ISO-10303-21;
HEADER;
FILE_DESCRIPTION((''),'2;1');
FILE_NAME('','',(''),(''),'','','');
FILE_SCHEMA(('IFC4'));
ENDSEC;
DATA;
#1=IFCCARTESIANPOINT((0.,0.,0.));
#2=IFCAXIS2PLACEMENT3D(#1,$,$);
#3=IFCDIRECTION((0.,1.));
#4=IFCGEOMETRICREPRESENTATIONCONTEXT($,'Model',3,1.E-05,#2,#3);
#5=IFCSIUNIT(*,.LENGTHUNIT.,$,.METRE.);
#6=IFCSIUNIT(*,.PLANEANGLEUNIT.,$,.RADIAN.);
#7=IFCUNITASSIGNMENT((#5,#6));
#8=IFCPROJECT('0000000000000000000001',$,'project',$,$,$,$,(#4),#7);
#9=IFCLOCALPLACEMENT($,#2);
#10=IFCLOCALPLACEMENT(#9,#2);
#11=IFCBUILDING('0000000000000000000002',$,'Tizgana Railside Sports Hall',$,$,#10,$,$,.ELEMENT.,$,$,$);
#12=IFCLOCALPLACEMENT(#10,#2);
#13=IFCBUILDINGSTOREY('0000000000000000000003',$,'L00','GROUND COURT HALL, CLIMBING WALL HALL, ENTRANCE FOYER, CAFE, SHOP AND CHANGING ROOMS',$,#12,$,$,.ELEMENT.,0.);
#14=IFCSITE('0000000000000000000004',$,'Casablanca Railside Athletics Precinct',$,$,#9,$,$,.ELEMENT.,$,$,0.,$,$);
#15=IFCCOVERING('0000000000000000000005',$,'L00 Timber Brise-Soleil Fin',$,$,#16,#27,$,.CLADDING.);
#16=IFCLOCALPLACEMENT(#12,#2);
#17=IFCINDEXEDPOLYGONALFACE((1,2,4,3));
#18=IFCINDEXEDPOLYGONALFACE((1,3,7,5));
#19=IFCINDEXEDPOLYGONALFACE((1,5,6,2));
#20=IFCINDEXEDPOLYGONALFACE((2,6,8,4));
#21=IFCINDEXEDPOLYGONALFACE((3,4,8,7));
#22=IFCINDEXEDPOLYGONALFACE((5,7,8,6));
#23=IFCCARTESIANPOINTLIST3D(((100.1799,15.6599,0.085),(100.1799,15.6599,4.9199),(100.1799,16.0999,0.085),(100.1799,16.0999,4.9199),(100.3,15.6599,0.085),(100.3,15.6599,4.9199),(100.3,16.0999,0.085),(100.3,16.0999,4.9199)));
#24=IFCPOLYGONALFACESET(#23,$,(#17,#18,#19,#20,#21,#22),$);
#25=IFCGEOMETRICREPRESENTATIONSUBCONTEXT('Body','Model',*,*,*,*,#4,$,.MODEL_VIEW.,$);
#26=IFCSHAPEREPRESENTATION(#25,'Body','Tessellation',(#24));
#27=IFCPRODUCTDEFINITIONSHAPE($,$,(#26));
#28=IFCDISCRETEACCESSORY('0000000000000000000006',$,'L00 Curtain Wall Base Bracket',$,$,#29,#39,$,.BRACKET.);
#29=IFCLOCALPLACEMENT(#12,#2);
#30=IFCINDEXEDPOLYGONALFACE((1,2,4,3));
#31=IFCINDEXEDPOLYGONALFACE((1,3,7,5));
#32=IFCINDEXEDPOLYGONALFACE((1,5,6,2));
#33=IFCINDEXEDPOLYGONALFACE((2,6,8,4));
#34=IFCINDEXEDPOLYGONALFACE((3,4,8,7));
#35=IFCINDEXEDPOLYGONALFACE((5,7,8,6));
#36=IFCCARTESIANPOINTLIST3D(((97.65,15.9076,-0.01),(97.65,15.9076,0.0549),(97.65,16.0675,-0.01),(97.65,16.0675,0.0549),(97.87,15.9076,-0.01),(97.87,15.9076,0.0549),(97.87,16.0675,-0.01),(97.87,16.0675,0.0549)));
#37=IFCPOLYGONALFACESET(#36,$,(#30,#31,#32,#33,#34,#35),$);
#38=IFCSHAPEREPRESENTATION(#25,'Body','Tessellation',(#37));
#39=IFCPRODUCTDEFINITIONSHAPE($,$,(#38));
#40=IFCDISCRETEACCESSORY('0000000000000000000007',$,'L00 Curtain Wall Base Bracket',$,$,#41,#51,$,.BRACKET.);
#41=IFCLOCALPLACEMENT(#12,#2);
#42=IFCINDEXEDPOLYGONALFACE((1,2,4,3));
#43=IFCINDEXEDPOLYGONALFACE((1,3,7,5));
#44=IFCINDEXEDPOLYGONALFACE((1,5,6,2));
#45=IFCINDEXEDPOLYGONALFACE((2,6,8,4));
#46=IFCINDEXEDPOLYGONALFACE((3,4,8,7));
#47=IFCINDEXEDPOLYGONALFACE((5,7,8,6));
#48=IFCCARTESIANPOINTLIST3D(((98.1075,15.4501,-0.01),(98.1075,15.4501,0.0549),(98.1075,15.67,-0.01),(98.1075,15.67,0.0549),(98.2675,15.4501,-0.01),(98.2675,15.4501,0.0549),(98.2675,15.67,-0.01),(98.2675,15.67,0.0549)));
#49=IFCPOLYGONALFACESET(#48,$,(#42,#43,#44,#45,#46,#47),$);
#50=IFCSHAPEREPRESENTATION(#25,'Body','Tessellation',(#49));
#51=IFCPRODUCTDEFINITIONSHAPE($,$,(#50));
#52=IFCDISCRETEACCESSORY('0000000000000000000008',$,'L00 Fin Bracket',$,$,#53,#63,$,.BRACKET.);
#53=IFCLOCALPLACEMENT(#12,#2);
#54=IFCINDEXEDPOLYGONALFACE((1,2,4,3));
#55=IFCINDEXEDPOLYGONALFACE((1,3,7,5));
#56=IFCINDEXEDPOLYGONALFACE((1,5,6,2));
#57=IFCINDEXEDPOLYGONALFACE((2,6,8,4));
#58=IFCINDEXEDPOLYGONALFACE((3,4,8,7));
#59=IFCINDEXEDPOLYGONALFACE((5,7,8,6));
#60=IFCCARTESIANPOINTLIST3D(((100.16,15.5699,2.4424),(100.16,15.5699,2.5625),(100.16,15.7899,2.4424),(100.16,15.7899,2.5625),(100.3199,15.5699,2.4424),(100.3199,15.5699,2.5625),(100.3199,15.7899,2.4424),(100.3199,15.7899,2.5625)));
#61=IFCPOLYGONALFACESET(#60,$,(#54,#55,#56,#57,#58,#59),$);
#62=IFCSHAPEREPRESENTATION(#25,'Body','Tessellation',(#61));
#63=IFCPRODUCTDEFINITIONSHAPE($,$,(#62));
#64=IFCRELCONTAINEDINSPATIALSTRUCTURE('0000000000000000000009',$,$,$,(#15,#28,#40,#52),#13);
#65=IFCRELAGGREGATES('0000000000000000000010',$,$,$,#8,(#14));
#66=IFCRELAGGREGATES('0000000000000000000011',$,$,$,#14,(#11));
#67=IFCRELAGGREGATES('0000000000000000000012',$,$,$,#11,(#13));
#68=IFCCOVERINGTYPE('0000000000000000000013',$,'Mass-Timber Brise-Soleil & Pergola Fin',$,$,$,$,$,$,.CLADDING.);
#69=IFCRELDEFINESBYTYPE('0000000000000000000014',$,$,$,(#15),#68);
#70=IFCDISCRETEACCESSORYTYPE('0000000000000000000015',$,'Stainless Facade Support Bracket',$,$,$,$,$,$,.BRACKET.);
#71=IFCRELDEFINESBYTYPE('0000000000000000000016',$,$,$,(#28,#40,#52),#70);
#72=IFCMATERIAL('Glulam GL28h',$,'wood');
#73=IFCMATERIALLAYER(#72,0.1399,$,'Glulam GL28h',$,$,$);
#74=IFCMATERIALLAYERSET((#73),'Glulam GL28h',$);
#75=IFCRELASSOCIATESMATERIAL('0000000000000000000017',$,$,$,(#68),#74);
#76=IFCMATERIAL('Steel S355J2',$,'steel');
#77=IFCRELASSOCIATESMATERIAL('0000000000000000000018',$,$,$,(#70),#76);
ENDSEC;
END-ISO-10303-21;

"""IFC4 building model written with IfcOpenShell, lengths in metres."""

from ifc_helpers import new_model, si_unit, direction, frame, origin, origin_2d, place, context, subcontext, project, spatial, rectangle, extrude, material, layer, layer_set, type_object, element, save


model = new_model("IFC4")

# Units and contexts
model_context = context("Model", 3, precision=1e-05, world=origin(), true_north=direction((0.0, 1.0)))
body_context = subcontext(model_context, "Body", "Model", "MODEL_VIEW")
ifc_project = project(units=[si_unit("LENGTHUNIT", "METRE"), si_unit("PLANEANGLEUNIT", "RADIAN")], contexts=[model_context])

# Site, building, storey
site_placement = place(None, origin())
site = spatial("IfcSite", under=ifc_project, at=site_placement, Name="Casablanca Railside Athletics Precinct", CompositionType="ELEMENT", RefElevation=0.0)
building_placement = place(site_placement, origin())
building = spatial("IfcBuilding", under=site, at=building_placement, Name="Tizgana Railside Sports Hall", CompositionType="ELEMENT")
storey_placement = place(building_placement, origin())
storey = spatial("IfcBuildingStorey", under=building, at=storey_placement, Name="L00", Description="GROUND COURT HALL, CLIMBING WALL HALL, ENTRANCE FOYER, CAFE, SHOP AND CHANGING ROOMS", CompositionType="ELEMENT", Elevation=0.0)

# Shared definitions
ifc_material_1 = material(Name="Steel S355J2", Category="steel")

# Covering
ifc_material_2 = material(Name="Glulam GL28h", Category="wood")
ifc_layer_1 = layer(ifc_material_2, 0.1399, Name="Glulam GL28h")
ifc_layer_set_1 = layer_set([ifc_layer_1], Name="Glulam GL28h")
covering_type = type_object("IfcCoveringType", Name="Mass-Timber Brise-Soleil & Pergola Fin", PredefinedType="CLADDING", material=ifc_layer_set_1)
covering_placement = place(storey_placement, frame((100.24, 15.8799, 0.085), z_axis=(0.0, 0.0, 1.0), x_axis=(1.0, 0.0, 0.0)))
element("IfcCovering", 1, at=covering_placement, inside=storey, type_object=covering_type, Name="L00 Timber Brise-Soleil Fin", PredefinedType="CLADDING", context=body_context, shape_type="SweptSolid", body=[
    extrude(rectangle(XDim=0.1201, YDim=0.4399, at=origin_2d()), origin(), (0.0, 0.0, 1.0), 4.835),
])

# Discrete accessories
discrete_accessory_type = type_object("IfcDiscreteAccessoryType", Name="Stainless Facade Support Bracket", PredefinedType="BRACKET", material=ifc_material_1)
for number, where, z_axis, x_axis, name in (
    (2, (97.76, 15.9875, -0.01), (0.0, 0.0, 1.0), (0.0, -1.0, 0.0), "L00 Curtain Wall Base Bracket"),
    (3, (98.1875, 15.5601, -0.01), (0.0, 0.0, 1.0), (1.0, 0.0, 0.0), "L00 Curtain Wall Base Bracket"),
):
    element("IfcDiscreteAccessory", number, at=place(storey_placement, frame(where, z_axis=z_axis, x_axis=x_axis)), inside=storey, type_object=discrete_accessory_type, Name=name, PredefinedType="BRACKET", context=body_context, shape_type="SweptSolid", body=[
        extrude(rectangle(XDim=0.1599, YDim=0.22, at=origin_2d()), origin(), (0.0, 0.0, 1.0), 0.0649),
    ])
discrete_accessory_placement = place(storey_placement, frame((100.24, 15.6799, 2.4424), z_axis=(0.0, 0.0, 1.0), x_axis=(1.0, 0.0, 0.0)))
element("IfcDiscreteAccessory", 4, at=discrete_accessory_placement, inside=storey, type_object=discrete_accessory_type, Name="L00 Fin Bracket", PredefinedType="BRACKET", context=body_context, shape_type="SweptSolid", body=[
    extrude(rectangle(XDim=0.1599, YDim=0.22, at=origin_2d()), origin(), (0.0, 0.0, 1.0), 0.1201),
])

save(model, "model.ifc")
